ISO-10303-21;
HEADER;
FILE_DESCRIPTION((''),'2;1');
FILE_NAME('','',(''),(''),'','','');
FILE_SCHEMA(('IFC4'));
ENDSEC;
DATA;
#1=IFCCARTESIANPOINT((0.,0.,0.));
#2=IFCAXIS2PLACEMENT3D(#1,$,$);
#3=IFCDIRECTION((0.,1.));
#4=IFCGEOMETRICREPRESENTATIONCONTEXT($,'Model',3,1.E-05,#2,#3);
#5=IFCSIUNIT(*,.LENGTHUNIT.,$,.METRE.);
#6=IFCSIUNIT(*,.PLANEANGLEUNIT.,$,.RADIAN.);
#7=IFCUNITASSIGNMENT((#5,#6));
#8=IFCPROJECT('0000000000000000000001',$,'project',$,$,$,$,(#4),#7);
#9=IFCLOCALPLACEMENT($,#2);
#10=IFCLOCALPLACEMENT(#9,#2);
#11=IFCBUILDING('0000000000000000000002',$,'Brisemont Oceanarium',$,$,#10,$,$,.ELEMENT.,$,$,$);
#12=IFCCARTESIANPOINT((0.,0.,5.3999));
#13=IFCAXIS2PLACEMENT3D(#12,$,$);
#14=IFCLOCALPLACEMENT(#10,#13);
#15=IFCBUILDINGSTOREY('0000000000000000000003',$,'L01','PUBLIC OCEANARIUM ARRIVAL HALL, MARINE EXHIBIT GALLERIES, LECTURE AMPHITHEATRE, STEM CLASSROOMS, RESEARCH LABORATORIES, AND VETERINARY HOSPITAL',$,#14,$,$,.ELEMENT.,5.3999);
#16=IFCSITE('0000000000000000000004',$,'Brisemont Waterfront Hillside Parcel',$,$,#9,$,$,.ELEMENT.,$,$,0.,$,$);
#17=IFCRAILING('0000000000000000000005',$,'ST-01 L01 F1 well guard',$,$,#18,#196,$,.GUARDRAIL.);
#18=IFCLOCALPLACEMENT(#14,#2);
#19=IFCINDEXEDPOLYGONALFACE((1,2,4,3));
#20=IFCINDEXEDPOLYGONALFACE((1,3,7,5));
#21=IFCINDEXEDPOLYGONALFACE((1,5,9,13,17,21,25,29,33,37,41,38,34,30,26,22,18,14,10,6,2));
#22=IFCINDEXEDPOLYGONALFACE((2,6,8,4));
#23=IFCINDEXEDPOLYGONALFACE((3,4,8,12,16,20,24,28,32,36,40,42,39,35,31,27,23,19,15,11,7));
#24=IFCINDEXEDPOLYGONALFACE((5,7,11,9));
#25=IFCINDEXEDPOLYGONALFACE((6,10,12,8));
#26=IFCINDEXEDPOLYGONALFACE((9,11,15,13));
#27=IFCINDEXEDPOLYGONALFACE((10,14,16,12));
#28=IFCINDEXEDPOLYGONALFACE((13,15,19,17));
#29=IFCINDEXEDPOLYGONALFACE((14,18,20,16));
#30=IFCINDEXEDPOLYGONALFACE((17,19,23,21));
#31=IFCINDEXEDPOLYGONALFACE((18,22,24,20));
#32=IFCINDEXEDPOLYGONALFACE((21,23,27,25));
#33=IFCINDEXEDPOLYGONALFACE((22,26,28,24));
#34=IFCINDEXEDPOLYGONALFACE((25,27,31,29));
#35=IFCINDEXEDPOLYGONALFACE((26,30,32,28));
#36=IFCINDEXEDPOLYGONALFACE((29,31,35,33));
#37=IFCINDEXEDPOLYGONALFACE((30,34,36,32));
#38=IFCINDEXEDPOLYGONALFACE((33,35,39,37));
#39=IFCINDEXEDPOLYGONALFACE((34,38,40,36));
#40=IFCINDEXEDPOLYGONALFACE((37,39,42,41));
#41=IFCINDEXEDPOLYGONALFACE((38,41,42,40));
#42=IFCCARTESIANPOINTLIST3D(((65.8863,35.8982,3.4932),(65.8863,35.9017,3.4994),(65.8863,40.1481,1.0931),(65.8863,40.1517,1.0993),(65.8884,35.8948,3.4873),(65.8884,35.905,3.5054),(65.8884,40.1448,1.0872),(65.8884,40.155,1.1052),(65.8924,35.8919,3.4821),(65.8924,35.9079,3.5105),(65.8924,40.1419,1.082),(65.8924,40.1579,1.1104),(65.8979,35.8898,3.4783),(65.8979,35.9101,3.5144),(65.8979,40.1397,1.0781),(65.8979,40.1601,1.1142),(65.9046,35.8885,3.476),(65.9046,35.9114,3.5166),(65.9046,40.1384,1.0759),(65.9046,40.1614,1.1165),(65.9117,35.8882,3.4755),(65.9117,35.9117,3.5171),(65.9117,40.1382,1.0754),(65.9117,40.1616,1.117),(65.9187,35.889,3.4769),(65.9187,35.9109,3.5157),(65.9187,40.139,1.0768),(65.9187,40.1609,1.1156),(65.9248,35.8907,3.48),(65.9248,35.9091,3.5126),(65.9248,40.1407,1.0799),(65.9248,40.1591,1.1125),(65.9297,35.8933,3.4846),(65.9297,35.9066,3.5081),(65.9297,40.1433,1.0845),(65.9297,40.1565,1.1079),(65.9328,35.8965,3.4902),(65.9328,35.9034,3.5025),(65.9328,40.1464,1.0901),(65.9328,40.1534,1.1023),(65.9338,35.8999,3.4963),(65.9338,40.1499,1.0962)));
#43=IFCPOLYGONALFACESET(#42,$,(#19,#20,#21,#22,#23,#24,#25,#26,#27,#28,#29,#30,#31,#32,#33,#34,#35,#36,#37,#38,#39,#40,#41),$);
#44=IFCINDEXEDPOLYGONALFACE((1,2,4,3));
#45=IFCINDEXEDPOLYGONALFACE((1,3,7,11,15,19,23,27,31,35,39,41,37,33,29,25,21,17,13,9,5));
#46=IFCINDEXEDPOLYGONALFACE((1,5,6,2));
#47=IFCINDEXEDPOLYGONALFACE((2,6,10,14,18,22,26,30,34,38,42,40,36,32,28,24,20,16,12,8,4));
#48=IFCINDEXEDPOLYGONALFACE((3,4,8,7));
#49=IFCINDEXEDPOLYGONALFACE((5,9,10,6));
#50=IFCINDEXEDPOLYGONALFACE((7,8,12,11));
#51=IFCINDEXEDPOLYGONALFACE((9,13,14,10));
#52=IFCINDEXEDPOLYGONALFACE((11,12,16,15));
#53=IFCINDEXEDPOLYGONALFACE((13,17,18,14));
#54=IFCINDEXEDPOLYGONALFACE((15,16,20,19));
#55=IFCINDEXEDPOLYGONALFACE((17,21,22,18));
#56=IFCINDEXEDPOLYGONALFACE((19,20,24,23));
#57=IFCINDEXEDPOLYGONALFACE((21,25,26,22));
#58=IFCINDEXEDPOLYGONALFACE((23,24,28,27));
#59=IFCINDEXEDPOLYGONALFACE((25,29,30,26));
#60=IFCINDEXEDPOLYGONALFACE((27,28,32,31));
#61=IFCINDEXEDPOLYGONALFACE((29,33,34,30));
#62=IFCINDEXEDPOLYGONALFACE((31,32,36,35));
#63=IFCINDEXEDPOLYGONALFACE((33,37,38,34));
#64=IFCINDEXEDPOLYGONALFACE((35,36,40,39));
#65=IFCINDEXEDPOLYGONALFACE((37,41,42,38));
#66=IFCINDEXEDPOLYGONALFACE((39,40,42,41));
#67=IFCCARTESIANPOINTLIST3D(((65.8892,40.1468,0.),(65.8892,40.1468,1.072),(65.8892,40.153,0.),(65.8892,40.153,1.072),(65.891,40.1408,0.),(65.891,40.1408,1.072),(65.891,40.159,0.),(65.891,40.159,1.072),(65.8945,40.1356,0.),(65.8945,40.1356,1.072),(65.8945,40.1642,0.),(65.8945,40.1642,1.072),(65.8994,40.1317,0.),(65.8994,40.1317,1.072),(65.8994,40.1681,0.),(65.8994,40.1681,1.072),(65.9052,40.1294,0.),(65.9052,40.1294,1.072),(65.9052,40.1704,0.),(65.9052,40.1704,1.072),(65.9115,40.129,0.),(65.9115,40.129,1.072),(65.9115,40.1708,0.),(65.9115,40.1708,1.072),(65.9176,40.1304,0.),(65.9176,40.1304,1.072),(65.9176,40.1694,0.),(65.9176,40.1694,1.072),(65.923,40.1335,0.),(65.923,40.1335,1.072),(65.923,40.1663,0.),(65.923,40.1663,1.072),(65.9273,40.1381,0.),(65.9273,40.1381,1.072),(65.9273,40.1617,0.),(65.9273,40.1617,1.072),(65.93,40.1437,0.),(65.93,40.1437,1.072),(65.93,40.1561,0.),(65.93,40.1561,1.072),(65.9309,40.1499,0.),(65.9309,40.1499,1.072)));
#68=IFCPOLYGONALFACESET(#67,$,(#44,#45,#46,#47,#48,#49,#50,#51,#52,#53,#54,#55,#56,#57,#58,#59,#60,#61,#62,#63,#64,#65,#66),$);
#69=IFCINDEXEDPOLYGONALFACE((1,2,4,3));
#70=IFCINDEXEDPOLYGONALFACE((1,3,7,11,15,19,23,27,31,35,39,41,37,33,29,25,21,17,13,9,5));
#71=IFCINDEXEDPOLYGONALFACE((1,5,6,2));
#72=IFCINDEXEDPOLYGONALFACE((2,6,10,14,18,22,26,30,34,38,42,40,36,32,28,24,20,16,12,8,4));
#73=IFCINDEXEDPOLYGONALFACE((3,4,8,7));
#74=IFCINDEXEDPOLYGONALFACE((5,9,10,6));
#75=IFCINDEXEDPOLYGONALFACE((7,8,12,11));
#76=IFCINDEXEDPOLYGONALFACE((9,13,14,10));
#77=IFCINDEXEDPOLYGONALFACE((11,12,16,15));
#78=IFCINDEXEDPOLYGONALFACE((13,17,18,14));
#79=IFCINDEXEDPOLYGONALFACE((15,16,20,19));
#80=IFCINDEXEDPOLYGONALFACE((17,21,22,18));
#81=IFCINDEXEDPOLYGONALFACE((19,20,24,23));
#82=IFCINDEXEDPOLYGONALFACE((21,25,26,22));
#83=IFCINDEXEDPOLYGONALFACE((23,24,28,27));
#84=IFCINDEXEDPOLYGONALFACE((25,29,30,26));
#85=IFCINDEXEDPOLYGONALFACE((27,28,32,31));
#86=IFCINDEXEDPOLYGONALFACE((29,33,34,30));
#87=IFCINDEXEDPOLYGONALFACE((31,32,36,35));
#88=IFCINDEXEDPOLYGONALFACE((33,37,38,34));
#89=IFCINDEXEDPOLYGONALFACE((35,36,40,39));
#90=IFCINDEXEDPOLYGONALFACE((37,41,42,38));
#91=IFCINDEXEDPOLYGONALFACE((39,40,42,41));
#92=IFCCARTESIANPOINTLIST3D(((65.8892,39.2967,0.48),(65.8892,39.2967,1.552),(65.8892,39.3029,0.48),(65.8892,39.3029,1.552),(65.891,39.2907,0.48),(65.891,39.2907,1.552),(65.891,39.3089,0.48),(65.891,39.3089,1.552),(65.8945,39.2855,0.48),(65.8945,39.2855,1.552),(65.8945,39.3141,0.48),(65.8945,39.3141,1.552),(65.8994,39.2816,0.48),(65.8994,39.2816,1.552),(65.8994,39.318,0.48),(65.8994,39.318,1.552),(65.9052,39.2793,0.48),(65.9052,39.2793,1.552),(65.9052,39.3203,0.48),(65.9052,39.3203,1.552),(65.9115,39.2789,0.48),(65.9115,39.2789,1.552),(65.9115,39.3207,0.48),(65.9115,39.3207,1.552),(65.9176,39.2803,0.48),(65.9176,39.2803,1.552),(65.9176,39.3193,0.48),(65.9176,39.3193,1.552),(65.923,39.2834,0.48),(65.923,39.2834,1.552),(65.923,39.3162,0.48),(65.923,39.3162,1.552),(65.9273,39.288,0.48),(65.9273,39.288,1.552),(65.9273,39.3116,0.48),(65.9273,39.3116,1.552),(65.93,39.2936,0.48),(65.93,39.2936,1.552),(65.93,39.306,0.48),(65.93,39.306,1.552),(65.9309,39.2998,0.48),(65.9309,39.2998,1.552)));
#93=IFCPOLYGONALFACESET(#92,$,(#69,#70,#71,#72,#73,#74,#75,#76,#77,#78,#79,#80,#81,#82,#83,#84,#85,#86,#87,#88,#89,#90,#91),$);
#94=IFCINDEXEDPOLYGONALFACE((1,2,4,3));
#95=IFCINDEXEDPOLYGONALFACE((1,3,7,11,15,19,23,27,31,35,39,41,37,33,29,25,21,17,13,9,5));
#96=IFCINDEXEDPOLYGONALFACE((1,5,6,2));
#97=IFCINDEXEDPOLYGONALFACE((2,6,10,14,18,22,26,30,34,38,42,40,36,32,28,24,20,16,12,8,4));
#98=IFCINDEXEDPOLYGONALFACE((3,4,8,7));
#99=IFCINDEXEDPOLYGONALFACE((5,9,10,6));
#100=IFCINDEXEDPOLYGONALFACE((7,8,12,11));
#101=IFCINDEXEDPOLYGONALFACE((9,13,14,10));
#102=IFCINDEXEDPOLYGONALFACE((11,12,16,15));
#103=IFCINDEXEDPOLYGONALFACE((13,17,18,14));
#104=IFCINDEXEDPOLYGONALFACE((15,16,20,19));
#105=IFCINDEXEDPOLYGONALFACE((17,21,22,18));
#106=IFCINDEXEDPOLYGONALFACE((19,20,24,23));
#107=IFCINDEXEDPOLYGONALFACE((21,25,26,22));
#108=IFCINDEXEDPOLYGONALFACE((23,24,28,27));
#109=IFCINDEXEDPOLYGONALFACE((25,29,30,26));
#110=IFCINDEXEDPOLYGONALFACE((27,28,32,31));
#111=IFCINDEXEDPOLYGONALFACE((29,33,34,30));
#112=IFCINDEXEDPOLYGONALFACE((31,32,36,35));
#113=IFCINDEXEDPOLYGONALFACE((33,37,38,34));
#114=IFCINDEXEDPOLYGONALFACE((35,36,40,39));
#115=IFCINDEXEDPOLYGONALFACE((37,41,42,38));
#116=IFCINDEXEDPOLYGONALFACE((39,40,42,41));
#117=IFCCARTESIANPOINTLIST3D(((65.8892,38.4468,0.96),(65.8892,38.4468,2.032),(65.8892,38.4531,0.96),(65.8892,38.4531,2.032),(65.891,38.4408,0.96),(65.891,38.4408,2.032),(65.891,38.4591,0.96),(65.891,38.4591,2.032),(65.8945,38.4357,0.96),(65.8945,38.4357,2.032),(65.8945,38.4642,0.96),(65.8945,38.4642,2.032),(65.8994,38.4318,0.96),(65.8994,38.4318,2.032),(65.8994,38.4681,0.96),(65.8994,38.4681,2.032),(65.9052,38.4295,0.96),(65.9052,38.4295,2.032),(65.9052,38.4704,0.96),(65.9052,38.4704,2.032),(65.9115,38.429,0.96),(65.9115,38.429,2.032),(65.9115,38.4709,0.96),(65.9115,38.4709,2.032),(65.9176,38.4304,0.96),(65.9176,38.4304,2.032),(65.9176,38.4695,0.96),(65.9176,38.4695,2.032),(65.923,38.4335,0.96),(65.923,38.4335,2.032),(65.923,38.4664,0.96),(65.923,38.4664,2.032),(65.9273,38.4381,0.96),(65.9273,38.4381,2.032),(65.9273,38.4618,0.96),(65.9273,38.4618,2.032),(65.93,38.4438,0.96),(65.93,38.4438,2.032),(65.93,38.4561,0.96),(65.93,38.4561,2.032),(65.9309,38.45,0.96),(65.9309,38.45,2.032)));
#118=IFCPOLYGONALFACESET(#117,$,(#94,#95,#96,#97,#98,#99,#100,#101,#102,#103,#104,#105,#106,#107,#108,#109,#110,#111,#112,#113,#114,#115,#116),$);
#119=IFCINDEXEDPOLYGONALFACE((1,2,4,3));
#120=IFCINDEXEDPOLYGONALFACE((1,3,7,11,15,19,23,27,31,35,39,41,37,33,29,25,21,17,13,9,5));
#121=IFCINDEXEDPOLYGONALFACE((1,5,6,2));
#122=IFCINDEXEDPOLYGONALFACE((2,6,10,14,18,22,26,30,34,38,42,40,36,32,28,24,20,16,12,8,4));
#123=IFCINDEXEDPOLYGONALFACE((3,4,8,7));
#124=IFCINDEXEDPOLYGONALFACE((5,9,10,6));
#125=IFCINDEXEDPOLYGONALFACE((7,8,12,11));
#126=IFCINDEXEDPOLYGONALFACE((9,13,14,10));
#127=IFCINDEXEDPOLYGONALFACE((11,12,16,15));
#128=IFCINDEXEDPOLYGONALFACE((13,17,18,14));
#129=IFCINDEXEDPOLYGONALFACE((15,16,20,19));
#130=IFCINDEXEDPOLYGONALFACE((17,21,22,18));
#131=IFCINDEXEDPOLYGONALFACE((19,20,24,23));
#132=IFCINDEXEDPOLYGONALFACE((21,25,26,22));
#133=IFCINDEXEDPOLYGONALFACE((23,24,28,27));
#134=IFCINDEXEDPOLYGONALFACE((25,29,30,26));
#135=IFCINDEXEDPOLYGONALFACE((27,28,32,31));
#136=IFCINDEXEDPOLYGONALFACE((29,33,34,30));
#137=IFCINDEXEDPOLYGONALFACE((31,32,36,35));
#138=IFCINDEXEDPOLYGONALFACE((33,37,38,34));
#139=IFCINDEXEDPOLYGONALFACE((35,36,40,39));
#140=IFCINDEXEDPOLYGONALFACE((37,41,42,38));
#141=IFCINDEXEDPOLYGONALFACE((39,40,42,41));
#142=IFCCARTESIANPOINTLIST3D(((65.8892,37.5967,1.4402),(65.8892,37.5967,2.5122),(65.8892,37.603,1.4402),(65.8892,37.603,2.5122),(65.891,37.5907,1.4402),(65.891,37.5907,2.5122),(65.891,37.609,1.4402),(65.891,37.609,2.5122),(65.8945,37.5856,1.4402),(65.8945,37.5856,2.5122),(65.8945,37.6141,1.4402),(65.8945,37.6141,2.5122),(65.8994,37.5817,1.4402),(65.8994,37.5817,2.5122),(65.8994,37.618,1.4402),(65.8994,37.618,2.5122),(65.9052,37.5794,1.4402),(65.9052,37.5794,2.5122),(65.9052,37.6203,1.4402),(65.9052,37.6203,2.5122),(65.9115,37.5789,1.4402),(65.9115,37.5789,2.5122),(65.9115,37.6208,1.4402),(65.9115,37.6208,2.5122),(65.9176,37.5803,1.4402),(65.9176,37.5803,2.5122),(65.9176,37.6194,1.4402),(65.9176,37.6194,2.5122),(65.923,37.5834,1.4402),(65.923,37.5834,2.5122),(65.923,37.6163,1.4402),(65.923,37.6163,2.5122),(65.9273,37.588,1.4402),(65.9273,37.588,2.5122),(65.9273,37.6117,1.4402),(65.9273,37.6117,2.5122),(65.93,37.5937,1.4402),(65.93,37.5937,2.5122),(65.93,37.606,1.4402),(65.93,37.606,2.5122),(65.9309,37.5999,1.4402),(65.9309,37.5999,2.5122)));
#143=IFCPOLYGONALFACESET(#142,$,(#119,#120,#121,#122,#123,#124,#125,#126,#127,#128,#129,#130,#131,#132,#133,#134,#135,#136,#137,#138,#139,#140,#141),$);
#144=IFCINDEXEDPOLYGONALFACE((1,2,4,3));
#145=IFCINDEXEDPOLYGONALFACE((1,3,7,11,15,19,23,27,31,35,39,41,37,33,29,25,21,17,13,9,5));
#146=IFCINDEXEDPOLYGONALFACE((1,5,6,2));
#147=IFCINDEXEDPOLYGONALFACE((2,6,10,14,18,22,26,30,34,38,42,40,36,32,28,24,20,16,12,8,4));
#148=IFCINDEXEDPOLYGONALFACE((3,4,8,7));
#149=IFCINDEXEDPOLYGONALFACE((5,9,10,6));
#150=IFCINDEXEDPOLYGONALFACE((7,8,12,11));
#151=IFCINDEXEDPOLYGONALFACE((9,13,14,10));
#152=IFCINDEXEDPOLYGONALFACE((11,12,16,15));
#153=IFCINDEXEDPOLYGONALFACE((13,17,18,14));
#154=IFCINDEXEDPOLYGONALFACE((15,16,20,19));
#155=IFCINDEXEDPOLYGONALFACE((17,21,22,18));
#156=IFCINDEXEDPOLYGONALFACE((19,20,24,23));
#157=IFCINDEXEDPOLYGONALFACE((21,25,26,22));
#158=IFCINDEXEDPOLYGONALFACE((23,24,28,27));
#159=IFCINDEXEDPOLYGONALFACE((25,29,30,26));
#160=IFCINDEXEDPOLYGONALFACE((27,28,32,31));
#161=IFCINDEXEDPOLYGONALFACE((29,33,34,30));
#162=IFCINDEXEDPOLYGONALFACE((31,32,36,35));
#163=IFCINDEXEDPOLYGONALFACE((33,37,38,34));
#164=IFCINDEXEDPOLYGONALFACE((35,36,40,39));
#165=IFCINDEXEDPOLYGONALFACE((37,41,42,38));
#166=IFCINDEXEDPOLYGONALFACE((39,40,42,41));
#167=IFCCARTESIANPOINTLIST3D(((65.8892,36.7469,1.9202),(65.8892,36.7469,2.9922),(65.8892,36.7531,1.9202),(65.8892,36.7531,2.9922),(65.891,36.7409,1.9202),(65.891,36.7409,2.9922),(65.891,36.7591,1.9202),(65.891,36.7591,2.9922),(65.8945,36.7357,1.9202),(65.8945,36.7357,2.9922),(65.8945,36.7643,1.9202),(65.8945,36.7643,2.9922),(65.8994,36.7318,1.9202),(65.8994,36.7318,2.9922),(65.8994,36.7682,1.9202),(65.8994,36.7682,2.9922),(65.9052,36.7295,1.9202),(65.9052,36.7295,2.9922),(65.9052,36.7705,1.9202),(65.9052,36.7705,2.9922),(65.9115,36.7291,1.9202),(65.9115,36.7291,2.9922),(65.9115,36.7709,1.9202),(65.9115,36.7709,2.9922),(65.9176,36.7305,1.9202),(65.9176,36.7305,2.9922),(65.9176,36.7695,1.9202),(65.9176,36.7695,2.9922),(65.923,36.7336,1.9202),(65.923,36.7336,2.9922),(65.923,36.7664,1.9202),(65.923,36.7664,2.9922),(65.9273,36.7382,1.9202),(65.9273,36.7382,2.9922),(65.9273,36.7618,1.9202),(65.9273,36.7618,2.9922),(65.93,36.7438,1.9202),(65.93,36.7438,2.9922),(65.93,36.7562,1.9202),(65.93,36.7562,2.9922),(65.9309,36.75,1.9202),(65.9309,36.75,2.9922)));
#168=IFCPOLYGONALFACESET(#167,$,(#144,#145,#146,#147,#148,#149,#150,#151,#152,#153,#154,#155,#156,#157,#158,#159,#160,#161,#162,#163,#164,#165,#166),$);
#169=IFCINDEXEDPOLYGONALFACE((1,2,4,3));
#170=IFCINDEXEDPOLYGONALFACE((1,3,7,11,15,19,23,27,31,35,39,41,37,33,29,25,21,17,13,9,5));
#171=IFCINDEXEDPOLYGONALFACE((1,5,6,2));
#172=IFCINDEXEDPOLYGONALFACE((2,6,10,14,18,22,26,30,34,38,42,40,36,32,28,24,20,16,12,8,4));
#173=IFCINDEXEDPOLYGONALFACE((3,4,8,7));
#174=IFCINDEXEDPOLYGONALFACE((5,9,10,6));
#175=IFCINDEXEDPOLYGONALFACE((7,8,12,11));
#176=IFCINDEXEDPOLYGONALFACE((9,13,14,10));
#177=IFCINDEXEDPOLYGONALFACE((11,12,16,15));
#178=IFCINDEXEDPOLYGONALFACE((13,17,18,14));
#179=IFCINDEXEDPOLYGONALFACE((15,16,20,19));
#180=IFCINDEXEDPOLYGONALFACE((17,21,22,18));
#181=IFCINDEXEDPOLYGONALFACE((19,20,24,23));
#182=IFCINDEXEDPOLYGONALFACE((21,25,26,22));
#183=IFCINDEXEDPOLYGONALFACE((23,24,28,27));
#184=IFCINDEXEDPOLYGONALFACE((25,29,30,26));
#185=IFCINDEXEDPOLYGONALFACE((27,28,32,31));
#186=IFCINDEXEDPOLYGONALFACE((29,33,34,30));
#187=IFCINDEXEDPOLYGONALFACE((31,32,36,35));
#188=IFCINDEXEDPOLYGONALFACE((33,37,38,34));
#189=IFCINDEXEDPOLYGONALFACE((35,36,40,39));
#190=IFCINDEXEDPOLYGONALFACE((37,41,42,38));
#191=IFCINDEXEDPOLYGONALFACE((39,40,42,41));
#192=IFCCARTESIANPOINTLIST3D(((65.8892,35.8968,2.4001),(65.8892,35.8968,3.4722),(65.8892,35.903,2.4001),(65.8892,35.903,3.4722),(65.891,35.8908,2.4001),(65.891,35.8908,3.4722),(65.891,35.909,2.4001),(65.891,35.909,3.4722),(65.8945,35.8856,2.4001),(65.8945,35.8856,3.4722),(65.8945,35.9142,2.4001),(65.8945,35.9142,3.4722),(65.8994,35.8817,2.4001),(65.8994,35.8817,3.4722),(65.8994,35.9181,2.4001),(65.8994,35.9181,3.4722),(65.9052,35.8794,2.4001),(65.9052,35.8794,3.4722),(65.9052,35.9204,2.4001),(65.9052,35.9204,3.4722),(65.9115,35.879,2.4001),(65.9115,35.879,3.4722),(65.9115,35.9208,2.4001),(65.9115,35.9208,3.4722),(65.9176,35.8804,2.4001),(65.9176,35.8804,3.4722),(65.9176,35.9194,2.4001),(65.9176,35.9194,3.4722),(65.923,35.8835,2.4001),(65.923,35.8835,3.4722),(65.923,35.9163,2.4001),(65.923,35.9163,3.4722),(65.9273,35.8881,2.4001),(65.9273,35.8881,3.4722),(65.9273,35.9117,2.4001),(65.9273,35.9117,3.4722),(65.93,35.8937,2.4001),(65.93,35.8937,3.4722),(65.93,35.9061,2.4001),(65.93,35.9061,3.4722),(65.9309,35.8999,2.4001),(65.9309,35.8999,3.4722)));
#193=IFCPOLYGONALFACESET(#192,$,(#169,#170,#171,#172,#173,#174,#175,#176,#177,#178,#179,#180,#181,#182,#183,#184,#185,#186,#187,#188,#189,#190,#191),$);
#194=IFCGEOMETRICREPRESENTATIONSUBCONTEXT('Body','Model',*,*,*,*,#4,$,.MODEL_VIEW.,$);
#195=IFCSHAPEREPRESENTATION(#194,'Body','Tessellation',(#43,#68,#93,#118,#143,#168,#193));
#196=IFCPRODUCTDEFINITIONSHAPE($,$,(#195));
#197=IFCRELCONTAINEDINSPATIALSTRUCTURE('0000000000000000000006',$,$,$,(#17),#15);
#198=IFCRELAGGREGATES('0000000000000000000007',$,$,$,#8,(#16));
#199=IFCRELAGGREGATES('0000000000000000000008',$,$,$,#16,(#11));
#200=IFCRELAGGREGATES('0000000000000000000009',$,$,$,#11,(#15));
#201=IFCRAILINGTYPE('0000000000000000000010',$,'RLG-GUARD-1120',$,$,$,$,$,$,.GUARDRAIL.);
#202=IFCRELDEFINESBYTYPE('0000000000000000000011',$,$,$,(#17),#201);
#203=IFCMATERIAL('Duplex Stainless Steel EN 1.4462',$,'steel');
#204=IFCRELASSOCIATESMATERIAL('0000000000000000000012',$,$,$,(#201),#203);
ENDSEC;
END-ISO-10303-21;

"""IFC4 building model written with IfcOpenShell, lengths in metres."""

from ifc_helpers import new_model, si_unit, direction, frame, origin, origin_2d, place, context, subcontext, project, spatial, circle, extrude, material, type_object, element, save


model = new_model("IFC4")

# Units and contexts
model_context = context("Model", 3, precision=1e-05, world=origin(), true_north=direction((0.0, 1.0)))
body_context = subcontext(model_context, "Body", "Model", "MODEL_VIEW")
ifc_project = project(units=[si_unit("LENGTHUNIT", "METRE"), si_unit("PLANEANGLEUNIT", "RADIAN")], contexts=[model_context])

# Site, building, storey
site_placement = place(None, origin())
site = spatial("IfcSite", under=ifc_project, at=site_placement, Name="Brisemont Waterfront Hillside Parcel", CompositionType="ELEMENT", RefElevation=0.0)
building_placement = place(site_placement, origin())
building = spatial("IfcBuilding", under=site, at=building_placement, Name="Brisemont Oceanarium", CompositionType="ELEMENT")
storey_placement = place(building_placement, frame((0.0, 0.0, 5.3999)))
storey = spatial("IfcBuildingStorey", under=building, at=storey_placement, Name="L01", Description="PUBLIC OCEANARIUM ARRIVAL HALL, MARINE EXHIBIT GALLERIES, LECTURE AMPHITHEATRE, STEM CLASSROOMS, RESEARCH LABORATORIES, AND VETERINARY HOSPITAL", CompositionType="ELEMENT", Elevation=5.3999)

# Railing
ifc_material_1 = material(Name="Duplex Stainless Steel EN 1.4462", Category="steel")
railing_type_1 = type_object("IfcRailingType", Name="RLG-GUARD-1120", PredefinedType="GUARDRAIL", material=ifc_material_1)
railing_1_placement = place(storey_placement, frame((65.9099, 40.1499, 0.0)))
element("IfcRailing", 1, at=railing_1_placement, inside=storey, type_object=railing_type_1, Name="ST-01 L01 F1 well guard", PredefinedType="GUARDRAIL", context=body_context, shape_type="SweptSolid", body=[
    extrude(circle(Radius=0.0239, at=origin_2d()), frame((0.0, 0.0, 1.0962), z_axis=(0.0, -0.870741, 0.491742), x_axis=(1.0, 0.0, 0.0)), (0.0, 0.0, 1.0), 4.8809),
    extrude(circle(Radius=0.021, at=origin_2d()), origin(), (0.0, 0.0, 1.0), 1.072),
    extrude(circle(Radius=0.021, at=origin_2d()), frame((0.0, -0.8501, 0.48)), (0.0, 0.0, 1.0), 1.072),
    extrude(circle(Radius=0.021, at=origin_2d()), frame((0.0, -1.7, 0.96)), (0.0, 0.0, 1.0), 1.072),
    extrude(circle(Radius=0.021, at=origin_2d()), frame((0.0, -2.55, 1.4402)), (0.0, 0.0, 1.0), 1.072),
    extrude(circle(Radius=0.021, at=origin_2d()), frame((0.0, -3.3999, 1.9202)), (0.0, 0.0, 1.0), 1.072),
    extrude(circle(Radius=0.021, at=origin_2d()), frame((0.0, -4.25, 2.4001)), (0.0, 0.0, 1.0), 1.072),
])

save(model, "model.ifc")
